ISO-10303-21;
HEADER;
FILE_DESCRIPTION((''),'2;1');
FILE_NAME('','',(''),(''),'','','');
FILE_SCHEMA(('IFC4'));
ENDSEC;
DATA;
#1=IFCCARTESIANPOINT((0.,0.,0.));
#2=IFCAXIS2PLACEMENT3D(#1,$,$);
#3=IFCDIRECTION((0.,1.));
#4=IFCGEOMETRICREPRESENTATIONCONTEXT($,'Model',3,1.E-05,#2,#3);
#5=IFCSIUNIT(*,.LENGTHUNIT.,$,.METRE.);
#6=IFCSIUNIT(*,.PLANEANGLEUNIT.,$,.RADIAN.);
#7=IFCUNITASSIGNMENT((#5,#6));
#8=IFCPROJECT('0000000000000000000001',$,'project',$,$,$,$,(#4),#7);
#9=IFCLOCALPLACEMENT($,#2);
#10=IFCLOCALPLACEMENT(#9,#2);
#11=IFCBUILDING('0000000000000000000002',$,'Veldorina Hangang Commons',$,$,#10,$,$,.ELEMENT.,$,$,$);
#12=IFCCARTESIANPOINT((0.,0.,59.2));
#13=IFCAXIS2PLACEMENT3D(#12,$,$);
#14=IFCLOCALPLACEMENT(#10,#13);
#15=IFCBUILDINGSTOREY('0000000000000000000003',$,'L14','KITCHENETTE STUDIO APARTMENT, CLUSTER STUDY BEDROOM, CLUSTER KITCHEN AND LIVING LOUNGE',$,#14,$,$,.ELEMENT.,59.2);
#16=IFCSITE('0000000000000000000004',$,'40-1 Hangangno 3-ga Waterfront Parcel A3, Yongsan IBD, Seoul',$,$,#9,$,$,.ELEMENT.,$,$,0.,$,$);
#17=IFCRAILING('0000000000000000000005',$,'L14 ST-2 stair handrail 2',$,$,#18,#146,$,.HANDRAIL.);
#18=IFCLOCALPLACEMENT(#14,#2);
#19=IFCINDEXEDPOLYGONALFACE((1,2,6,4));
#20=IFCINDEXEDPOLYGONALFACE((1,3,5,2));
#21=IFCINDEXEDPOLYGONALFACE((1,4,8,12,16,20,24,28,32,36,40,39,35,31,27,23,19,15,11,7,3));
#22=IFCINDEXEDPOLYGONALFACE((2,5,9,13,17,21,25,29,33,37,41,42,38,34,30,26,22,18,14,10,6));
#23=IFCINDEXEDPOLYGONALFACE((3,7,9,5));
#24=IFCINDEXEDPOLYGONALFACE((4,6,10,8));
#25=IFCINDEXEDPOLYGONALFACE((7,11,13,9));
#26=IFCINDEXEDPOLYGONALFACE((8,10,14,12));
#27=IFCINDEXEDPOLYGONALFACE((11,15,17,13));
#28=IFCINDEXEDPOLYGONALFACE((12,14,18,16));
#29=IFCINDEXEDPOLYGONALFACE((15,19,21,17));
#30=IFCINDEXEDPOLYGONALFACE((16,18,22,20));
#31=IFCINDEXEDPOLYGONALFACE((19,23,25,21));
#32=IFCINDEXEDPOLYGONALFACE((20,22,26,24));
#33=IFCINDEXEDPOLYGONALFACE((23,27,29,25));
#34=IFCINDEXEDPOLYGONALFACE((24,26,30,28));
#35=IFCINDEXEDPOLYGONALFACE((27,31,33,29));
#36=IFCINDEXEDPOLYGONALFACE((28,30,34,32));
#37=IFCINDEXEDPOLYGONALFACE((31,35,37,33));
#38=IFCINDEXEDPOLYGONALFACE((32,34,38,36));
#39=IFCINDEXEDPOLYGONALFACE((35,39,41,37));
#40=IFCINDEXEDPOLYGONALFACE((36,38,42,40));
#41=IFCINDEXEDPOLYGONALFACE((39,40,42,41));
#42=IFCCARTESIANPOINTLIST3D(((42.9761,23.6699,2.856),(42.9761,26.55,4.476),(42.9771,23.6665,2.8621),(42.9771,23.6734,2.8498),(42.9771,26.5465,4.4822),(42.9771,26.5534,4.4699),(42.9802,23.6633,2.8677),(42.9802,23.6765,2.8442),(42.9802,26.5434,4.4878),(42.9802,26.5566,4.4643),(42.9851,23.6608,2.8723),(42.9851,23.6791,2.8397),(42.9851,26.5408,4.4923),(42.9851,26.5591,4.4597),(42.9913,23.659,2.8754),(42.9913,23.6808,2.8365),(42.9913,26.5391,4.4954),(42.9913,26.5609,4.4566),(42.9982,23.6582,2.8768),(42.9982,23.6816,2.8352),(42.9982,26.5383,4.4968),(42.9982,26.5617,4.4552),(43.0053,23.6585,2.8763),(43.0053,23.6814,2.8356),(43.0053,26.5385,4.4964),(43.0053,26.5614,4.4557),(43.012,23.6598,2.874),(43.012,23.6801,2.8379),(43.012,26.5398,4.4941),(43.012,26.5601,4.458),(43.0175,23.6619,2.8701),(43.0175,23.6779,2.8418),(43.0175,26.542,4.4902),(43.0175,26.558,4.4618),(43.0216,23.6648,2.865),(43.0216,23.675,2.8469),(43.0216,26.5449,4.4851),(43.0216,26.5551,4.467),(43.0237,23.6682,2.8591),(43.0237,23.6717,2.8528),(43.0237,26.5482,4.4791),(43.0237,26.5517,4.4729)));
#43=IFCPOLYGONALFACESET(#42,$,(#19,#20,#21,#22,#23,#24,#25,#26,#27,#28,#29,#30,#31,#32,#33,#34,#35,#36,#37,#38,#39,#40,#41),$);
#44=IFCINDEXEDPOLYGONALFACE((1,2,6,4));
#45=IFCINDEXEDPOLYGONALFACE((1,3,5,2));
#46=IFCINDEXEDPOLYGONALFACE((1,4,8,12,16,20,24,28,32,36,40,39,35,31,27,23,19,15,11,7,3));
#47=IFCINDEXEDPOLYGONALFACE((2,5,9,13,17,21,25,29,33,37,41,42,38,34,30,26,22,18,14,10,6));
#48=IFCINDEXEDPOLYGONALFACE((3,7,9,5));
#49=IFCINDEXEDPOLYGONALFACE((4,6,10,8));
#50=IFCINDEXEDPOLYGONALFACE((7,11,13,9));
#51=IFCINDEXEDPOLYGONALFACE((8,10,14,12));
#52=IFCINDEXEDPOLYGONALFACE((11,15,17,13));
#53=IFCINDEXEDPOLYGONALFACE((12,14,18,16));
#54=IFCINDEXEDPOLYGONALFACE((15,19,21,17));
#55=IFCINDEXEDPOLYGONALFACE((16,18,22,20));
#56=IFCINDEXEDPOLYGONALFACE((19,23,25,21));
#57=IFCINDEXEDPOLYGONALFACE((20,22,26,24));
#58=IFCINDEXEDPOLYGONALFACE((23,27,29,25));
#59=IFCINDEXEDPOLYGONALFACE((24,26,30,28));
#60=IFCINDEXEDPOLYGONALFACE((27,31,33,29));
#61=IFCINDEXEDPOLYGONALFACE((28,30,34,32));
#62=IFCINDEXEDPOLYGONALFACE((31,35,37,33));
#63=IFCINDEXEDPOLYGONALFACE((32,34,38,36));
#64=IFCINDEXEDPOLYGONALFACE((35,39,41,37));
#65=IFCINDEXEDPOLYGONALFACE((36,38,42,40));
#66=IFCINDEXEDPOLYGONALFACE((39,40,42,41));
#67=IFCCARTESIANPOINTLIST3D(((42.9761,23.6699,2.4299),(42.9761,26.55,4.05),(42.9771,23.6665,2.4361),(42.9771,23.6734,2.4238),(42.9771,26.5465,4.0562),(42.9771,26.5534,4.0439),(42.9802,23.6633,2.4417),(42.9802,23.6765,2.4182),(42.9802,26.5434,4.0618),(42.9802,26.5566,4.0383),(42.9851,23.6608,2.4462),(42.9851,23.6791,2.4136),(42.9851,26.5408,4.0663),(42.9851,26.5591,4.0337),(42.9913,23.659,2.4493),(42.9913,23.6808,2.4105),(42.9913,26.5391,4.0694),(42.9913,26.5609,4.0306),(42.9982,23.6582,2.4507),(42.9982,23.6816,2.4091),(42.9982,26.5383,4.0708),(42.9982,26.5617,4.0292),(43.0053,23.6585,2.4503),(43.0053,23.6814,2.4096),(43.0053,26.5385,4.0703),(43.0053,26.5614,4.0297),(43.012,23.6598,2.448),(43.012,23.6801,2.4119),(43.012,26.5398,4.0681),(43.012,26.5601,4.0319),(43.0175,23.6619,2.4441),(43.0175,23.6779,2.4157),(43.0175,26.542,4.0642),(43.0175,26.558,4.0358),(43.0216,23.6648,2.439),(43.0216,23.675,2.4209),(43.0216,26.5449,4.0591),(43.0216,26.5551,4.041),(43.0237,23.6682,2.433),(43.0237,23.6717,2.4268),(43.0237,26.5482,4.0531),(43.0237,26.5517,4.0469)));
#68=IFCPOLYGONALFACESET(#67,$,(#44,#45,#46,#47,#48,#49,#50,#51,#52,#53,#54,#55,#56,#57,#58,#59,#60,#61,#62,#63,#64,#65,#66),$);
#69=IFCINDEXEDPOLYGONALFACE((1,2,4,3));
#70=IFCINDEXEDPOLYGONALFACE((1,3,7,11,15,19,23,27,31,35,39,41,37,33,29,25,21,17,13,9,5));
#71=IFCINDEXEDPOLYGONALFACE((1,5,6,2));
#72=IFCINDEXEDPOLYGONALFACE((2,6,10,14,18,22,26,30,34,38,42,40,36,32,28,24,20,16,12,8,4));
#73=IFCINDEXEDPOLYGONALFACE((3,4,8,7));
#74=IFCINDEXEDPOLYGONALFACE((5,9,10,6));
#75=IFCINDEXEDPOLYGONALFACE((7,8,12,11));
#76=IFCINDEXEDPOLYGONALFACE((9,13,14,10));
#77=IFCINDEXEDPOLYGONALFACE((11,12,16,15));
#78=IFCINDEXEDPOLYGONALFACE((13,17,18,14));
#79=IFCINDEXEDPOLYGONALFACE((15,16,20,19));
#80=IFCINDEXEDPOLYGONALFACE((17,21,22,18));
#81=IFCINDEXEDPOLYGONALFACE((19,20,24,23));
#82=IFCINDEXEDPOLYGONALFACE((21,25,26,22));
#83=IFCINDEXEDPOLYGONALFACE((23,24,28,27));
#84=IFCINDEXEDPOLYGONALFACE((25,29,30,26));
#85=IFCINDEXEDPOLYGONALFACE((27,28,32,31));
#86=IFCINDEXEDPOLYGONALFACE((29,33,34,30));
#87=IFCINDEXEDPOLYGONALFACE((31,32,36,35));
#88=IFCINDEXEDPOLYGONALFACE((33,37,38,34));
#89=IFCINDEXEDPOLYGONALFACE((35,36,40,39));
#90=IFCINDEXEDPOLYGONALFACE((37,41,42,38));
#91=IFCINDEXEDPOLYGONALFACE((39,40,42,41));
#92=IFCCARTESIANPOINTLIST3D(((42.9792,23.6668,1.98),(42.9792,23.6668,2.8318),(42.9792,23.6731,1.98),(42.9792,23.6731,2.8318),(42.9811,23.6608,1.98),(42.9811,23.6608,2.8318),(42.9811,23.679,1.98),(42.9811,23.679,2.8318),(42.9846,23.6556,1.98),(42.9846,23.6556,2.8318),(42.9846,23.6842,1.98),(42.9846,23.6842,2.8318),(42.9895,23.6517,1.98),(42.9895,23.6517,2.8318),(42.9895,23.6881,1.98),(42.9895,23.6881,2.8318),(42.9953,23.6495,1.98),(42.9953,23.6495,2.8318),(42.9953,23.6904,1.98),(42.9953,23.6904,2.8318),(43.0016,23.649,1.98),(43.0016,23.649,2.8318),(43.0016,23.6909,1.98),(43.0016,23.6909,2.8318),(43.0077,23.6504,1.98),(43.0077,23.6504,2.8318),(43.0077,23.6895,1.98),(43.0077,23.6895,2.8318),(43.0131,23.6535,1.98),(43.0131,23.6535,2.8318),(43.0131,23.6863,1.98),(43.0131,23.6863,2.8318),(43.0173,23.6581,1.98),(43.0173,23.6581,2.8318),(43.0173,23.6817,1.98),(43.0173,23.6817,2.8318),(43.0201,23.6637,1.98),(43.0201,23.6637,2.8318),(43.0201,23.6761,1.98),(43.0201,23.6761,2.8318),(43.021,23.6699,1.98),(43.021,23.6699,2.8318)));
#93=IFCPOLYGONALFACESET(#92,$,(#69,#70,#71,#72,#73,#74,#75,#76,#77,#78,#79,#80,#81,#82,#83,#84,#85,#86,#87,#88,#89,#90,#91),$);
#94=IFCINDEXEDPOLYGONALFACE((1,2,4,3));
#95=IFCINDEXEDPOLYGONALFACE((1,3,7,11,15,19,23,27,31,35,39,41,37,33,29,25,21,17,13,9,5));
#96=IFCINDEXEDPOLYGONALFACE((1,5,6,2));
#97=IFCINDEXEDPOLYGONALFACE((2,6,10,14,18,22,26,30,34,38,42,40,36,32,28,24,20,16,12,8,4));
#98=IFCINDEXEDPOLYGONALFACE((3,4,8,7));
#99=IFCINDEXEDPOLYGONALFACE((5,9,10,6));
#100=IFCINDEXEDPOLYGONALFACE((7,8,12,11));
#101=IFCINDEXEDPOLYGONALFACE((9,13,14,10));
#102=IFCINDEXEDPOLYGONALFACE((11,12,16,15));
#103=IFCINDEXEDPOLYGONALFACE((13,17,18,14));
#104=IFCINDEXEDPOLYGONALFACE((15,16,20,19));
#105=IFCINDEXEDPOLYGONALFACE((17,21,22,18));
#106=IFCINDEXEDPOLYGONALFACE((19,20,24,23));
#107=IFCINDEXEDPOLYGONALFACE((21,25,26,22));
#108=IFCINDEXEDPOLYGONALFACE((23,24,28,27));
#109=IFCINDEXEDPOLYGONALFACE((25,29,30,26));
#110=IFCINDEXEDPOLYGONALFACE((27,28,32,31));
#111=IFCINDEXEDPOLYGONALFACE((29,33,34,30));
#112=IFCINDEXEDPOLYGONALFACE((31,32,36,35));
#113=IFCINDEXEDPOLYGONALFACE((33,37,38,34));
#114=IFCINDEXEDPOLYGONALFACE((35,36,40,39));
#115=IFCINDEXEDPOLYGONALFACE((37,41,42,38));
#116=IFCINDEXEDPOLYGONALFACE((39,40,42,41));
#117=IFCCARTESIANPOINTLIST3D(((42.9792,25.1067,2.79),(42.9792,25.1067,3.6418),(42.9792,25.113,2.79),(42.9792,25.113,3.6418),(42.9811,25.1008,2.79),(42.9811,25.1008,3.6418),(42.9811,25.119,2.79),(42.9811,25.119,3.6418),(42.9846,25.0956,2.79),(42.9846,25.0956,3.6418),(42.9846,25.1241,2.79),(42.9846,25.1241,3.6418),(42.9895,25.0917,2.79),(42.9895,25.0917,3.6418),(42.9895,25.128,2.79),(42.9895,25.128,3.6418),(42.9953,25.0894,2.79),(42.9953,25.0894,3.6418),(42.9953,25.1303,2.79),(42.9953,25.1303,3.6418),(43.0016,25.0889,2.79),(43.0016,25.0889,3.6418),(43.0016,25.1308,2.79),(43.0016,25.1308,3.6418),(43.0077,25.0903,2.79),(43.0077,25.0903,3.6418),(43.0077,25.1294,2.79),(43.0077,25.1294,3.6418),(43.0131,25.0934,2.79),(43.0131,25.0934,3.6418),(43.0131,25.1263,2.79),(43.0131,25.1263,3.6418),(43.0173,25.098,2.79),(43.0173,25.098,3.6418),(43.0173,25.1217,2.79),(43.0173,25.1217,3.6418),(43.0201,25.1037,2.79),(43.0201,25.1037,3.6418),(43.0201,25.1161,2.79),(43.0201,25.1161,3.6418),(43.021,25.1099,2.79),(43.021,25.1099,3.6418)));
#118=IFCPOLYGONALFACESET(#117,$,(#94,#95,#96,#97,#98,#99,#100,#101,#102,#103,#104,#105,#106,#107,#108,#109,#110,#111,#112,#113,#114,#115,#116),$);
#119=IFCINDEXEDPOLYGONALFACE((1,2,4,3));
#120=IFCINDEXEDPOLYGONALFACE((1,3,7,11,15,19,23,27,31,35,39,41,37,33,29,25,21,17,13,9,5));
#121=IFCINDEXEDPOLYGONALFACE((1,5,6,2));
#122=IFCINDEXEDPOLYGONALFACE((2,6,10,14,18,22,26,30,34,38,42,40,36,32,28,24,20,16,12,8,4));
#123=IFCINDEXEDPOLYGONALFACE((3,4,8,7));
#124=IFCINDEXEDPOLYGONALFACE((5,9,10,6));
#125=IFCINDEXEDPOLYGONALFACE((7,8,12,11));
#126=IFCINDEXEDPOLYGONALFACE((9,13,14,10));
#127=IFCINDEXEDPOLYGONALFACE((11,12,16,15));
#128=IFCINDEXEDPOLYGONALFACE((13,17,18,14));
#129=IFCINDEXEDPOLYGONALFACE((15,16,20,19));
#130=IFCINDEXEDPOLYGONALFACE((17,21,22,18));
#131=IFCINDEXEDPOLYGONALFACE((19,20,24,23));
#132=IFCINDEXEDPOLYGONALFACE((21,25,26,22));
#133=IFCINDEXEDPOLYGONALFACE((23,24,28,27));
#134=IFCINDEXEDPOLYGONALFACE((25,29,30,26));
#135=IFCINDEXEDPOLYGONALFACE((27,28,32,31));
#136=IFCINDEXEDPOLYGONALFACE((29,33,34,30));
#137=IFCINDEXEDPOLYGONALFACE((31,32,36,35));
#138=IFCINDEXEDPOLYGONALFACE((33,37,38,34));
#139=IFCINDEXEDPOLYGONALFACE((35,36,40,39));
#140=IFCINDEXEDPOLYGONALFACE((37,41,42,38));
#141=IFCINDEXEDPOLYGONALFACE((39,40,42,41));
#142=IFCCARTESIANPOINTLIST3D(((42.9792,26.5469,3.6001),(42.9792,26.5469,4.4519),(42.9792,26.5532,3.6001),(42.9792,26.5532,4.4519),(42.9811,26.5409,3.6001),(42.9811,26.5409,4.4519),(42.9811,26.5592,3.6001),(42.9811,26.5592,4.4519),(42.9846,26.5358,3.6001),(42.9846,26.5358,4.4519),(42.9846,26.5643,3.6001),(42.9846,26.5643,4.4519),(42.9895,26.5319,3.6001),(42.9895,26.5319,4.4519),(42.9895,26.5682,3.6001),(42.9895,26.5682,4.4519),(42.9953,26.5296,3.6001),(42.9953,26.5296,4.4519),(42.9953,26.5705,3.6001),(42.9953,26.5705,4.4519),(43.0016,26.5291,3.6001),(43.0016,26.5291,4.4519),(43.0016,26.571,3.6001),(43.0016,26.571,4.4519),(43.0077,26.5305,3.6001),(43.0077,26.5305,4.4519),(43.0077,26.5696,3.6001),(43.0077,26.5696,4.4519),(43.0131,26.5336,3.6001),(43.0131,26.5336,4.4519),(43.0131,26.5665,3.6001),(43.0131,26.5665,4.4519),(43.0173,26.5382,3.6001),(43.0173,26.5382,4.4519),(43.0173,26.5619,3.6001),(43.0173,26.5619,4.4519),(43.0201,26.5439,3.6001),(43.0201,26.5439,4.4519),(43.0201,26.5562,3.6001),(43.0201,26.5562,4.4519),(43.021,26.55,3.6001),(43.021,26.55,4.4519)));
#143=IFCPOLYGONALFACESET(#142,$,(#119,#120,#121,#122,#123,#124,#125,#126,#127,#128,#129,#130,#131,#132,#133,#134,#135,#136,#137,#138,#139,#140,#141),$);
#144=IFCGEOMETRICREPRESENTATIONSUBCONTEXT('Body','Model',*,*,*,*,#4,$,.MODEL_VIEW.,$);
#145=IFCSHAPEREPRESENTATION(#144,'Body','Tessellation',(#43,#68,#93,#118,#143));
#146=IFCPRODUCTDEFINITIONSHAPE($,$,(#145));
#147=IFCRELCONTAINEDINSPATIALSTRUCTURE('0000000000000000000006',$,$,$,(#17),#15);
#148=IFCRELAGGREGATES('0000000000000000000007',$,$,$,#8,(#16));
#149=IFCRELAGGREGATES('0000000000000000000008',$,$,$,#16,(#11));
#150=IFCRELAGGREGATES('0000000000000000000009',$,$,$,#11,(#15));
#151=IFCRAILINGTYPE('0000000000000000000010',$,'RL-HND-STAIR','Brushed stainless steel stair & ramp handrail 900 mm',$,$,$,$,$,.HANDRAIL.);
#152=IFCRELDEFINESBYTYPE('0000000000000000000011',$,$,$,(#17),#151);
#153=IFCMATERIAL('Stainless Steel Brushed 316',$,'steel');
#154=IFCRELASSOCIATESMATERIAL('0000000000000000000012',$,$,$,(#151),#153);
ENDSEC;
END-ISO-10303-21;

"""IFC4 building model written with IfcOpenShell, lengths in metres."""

from ifc_helpers import new_model, si_unit, direction, frame, origin, origin_2d, place, context, subcontext, project, spatial, circle, extrude, material, type_object, element, save


model = new_model("IFC4")

# Units and contexts
model_context = context("Model", 3, precision=1e-05, world=origin(), true_north=direction((0.0, 1.0)))
body_context = subcontext(model_context, "Body", "Model", "MODEL_VIEW")
ifc_project = project(units=[si_unit("LENGTHUNIT", "METRE"), si_unit("PLANEANGLEUNIT", "RADIAN")], contexts=[model_context])

# Site, building, storey
site_placement = place(None, origin())
site = spatial("IfcSite", under=ifc_project, at=site_placement, Name="40-1 Hangangno 3-ga Waterfront Parcel A3, Yongsan IBD, Seoul", CompositionType="ELEMENT", RefElevation=0.0)
building_placement = place(site_placement, origin())
building = spatial("IfcBuilding", under=site, at=building_placement, Name="Veldorina Hangang Commons", CompositionType="ELEMENT")
storey_placement = place(building_placement, frame((0.0, 0.0, 59.2)))
storey = spatial("IfcBuildingStorey", under=building, at=storey_placement, Name="L14", Description="KITCHENETTE STUDIO APARTMENT, CLUSTER STUDY BEDROOM, CLUSTER KITCHEN AND LIVING LOUNGE", CompositionType="ELEMENT", Elevation=59.2)

# Railing
ifc_material_1 = material(Name="Stainless Steel Brushed 316", Category="steel")
railing_type_1 = type_object("IfcRailingType", Name="RL-HND-STAIR", Description="Brushed stainless steel stair & ramp handrail 900 mm", PredefinedType="HANDRAIL", material=ifc_material_1)
railing_1_placement = place(storey_placement, frame((43.0, 23.6699, 1.98)))
element("IfcRailing", 1, at=railing_1_placement, inside=storey, type_object=railing_type_1, Name="L14 ST-2 stair handrail 2", PredefinedType="HANDRAIL", context=body_context, shape_type="SweptSolid", body=[
    extrude(circle(Radius=0.0239, at=origin_2d()), frame((0.0, 0.0, 0.876), z_axis=(0.0, 0.87157, 0.490272), x_axis=(-1.0, 0.0, 0.0)), (0.0, 0.0, 1.0), 3.3044),
    extrude(circle(Radius=0.0239, at=origin_2d()), frame((0.0, 0.0, 0.45), z_axis=(0.0, 0.87157, 0.490272), x_axis=(-1.0, 0.0, 0.0)), (0.0, 0.0, 1.0), 3.3044),
    extrude(circle(Radius=0.021, at=origin_2d()), origin(), (0.0, 0.0, 1.0), 0.8518),
    extrude(circle(Radius=0.021, at=origin_2d()), frame((0.0, 1.4399, 0.8101)), (0.0, 0.0, 1.0), 0.8518),
    extrude(circle(Radius=0.021, at=origin_2d()), frame((0.0, 2.8801, 1.6201)), (0.0, 0.0, 1.0), 0.8518),
])

save(model, "model.ifc")
